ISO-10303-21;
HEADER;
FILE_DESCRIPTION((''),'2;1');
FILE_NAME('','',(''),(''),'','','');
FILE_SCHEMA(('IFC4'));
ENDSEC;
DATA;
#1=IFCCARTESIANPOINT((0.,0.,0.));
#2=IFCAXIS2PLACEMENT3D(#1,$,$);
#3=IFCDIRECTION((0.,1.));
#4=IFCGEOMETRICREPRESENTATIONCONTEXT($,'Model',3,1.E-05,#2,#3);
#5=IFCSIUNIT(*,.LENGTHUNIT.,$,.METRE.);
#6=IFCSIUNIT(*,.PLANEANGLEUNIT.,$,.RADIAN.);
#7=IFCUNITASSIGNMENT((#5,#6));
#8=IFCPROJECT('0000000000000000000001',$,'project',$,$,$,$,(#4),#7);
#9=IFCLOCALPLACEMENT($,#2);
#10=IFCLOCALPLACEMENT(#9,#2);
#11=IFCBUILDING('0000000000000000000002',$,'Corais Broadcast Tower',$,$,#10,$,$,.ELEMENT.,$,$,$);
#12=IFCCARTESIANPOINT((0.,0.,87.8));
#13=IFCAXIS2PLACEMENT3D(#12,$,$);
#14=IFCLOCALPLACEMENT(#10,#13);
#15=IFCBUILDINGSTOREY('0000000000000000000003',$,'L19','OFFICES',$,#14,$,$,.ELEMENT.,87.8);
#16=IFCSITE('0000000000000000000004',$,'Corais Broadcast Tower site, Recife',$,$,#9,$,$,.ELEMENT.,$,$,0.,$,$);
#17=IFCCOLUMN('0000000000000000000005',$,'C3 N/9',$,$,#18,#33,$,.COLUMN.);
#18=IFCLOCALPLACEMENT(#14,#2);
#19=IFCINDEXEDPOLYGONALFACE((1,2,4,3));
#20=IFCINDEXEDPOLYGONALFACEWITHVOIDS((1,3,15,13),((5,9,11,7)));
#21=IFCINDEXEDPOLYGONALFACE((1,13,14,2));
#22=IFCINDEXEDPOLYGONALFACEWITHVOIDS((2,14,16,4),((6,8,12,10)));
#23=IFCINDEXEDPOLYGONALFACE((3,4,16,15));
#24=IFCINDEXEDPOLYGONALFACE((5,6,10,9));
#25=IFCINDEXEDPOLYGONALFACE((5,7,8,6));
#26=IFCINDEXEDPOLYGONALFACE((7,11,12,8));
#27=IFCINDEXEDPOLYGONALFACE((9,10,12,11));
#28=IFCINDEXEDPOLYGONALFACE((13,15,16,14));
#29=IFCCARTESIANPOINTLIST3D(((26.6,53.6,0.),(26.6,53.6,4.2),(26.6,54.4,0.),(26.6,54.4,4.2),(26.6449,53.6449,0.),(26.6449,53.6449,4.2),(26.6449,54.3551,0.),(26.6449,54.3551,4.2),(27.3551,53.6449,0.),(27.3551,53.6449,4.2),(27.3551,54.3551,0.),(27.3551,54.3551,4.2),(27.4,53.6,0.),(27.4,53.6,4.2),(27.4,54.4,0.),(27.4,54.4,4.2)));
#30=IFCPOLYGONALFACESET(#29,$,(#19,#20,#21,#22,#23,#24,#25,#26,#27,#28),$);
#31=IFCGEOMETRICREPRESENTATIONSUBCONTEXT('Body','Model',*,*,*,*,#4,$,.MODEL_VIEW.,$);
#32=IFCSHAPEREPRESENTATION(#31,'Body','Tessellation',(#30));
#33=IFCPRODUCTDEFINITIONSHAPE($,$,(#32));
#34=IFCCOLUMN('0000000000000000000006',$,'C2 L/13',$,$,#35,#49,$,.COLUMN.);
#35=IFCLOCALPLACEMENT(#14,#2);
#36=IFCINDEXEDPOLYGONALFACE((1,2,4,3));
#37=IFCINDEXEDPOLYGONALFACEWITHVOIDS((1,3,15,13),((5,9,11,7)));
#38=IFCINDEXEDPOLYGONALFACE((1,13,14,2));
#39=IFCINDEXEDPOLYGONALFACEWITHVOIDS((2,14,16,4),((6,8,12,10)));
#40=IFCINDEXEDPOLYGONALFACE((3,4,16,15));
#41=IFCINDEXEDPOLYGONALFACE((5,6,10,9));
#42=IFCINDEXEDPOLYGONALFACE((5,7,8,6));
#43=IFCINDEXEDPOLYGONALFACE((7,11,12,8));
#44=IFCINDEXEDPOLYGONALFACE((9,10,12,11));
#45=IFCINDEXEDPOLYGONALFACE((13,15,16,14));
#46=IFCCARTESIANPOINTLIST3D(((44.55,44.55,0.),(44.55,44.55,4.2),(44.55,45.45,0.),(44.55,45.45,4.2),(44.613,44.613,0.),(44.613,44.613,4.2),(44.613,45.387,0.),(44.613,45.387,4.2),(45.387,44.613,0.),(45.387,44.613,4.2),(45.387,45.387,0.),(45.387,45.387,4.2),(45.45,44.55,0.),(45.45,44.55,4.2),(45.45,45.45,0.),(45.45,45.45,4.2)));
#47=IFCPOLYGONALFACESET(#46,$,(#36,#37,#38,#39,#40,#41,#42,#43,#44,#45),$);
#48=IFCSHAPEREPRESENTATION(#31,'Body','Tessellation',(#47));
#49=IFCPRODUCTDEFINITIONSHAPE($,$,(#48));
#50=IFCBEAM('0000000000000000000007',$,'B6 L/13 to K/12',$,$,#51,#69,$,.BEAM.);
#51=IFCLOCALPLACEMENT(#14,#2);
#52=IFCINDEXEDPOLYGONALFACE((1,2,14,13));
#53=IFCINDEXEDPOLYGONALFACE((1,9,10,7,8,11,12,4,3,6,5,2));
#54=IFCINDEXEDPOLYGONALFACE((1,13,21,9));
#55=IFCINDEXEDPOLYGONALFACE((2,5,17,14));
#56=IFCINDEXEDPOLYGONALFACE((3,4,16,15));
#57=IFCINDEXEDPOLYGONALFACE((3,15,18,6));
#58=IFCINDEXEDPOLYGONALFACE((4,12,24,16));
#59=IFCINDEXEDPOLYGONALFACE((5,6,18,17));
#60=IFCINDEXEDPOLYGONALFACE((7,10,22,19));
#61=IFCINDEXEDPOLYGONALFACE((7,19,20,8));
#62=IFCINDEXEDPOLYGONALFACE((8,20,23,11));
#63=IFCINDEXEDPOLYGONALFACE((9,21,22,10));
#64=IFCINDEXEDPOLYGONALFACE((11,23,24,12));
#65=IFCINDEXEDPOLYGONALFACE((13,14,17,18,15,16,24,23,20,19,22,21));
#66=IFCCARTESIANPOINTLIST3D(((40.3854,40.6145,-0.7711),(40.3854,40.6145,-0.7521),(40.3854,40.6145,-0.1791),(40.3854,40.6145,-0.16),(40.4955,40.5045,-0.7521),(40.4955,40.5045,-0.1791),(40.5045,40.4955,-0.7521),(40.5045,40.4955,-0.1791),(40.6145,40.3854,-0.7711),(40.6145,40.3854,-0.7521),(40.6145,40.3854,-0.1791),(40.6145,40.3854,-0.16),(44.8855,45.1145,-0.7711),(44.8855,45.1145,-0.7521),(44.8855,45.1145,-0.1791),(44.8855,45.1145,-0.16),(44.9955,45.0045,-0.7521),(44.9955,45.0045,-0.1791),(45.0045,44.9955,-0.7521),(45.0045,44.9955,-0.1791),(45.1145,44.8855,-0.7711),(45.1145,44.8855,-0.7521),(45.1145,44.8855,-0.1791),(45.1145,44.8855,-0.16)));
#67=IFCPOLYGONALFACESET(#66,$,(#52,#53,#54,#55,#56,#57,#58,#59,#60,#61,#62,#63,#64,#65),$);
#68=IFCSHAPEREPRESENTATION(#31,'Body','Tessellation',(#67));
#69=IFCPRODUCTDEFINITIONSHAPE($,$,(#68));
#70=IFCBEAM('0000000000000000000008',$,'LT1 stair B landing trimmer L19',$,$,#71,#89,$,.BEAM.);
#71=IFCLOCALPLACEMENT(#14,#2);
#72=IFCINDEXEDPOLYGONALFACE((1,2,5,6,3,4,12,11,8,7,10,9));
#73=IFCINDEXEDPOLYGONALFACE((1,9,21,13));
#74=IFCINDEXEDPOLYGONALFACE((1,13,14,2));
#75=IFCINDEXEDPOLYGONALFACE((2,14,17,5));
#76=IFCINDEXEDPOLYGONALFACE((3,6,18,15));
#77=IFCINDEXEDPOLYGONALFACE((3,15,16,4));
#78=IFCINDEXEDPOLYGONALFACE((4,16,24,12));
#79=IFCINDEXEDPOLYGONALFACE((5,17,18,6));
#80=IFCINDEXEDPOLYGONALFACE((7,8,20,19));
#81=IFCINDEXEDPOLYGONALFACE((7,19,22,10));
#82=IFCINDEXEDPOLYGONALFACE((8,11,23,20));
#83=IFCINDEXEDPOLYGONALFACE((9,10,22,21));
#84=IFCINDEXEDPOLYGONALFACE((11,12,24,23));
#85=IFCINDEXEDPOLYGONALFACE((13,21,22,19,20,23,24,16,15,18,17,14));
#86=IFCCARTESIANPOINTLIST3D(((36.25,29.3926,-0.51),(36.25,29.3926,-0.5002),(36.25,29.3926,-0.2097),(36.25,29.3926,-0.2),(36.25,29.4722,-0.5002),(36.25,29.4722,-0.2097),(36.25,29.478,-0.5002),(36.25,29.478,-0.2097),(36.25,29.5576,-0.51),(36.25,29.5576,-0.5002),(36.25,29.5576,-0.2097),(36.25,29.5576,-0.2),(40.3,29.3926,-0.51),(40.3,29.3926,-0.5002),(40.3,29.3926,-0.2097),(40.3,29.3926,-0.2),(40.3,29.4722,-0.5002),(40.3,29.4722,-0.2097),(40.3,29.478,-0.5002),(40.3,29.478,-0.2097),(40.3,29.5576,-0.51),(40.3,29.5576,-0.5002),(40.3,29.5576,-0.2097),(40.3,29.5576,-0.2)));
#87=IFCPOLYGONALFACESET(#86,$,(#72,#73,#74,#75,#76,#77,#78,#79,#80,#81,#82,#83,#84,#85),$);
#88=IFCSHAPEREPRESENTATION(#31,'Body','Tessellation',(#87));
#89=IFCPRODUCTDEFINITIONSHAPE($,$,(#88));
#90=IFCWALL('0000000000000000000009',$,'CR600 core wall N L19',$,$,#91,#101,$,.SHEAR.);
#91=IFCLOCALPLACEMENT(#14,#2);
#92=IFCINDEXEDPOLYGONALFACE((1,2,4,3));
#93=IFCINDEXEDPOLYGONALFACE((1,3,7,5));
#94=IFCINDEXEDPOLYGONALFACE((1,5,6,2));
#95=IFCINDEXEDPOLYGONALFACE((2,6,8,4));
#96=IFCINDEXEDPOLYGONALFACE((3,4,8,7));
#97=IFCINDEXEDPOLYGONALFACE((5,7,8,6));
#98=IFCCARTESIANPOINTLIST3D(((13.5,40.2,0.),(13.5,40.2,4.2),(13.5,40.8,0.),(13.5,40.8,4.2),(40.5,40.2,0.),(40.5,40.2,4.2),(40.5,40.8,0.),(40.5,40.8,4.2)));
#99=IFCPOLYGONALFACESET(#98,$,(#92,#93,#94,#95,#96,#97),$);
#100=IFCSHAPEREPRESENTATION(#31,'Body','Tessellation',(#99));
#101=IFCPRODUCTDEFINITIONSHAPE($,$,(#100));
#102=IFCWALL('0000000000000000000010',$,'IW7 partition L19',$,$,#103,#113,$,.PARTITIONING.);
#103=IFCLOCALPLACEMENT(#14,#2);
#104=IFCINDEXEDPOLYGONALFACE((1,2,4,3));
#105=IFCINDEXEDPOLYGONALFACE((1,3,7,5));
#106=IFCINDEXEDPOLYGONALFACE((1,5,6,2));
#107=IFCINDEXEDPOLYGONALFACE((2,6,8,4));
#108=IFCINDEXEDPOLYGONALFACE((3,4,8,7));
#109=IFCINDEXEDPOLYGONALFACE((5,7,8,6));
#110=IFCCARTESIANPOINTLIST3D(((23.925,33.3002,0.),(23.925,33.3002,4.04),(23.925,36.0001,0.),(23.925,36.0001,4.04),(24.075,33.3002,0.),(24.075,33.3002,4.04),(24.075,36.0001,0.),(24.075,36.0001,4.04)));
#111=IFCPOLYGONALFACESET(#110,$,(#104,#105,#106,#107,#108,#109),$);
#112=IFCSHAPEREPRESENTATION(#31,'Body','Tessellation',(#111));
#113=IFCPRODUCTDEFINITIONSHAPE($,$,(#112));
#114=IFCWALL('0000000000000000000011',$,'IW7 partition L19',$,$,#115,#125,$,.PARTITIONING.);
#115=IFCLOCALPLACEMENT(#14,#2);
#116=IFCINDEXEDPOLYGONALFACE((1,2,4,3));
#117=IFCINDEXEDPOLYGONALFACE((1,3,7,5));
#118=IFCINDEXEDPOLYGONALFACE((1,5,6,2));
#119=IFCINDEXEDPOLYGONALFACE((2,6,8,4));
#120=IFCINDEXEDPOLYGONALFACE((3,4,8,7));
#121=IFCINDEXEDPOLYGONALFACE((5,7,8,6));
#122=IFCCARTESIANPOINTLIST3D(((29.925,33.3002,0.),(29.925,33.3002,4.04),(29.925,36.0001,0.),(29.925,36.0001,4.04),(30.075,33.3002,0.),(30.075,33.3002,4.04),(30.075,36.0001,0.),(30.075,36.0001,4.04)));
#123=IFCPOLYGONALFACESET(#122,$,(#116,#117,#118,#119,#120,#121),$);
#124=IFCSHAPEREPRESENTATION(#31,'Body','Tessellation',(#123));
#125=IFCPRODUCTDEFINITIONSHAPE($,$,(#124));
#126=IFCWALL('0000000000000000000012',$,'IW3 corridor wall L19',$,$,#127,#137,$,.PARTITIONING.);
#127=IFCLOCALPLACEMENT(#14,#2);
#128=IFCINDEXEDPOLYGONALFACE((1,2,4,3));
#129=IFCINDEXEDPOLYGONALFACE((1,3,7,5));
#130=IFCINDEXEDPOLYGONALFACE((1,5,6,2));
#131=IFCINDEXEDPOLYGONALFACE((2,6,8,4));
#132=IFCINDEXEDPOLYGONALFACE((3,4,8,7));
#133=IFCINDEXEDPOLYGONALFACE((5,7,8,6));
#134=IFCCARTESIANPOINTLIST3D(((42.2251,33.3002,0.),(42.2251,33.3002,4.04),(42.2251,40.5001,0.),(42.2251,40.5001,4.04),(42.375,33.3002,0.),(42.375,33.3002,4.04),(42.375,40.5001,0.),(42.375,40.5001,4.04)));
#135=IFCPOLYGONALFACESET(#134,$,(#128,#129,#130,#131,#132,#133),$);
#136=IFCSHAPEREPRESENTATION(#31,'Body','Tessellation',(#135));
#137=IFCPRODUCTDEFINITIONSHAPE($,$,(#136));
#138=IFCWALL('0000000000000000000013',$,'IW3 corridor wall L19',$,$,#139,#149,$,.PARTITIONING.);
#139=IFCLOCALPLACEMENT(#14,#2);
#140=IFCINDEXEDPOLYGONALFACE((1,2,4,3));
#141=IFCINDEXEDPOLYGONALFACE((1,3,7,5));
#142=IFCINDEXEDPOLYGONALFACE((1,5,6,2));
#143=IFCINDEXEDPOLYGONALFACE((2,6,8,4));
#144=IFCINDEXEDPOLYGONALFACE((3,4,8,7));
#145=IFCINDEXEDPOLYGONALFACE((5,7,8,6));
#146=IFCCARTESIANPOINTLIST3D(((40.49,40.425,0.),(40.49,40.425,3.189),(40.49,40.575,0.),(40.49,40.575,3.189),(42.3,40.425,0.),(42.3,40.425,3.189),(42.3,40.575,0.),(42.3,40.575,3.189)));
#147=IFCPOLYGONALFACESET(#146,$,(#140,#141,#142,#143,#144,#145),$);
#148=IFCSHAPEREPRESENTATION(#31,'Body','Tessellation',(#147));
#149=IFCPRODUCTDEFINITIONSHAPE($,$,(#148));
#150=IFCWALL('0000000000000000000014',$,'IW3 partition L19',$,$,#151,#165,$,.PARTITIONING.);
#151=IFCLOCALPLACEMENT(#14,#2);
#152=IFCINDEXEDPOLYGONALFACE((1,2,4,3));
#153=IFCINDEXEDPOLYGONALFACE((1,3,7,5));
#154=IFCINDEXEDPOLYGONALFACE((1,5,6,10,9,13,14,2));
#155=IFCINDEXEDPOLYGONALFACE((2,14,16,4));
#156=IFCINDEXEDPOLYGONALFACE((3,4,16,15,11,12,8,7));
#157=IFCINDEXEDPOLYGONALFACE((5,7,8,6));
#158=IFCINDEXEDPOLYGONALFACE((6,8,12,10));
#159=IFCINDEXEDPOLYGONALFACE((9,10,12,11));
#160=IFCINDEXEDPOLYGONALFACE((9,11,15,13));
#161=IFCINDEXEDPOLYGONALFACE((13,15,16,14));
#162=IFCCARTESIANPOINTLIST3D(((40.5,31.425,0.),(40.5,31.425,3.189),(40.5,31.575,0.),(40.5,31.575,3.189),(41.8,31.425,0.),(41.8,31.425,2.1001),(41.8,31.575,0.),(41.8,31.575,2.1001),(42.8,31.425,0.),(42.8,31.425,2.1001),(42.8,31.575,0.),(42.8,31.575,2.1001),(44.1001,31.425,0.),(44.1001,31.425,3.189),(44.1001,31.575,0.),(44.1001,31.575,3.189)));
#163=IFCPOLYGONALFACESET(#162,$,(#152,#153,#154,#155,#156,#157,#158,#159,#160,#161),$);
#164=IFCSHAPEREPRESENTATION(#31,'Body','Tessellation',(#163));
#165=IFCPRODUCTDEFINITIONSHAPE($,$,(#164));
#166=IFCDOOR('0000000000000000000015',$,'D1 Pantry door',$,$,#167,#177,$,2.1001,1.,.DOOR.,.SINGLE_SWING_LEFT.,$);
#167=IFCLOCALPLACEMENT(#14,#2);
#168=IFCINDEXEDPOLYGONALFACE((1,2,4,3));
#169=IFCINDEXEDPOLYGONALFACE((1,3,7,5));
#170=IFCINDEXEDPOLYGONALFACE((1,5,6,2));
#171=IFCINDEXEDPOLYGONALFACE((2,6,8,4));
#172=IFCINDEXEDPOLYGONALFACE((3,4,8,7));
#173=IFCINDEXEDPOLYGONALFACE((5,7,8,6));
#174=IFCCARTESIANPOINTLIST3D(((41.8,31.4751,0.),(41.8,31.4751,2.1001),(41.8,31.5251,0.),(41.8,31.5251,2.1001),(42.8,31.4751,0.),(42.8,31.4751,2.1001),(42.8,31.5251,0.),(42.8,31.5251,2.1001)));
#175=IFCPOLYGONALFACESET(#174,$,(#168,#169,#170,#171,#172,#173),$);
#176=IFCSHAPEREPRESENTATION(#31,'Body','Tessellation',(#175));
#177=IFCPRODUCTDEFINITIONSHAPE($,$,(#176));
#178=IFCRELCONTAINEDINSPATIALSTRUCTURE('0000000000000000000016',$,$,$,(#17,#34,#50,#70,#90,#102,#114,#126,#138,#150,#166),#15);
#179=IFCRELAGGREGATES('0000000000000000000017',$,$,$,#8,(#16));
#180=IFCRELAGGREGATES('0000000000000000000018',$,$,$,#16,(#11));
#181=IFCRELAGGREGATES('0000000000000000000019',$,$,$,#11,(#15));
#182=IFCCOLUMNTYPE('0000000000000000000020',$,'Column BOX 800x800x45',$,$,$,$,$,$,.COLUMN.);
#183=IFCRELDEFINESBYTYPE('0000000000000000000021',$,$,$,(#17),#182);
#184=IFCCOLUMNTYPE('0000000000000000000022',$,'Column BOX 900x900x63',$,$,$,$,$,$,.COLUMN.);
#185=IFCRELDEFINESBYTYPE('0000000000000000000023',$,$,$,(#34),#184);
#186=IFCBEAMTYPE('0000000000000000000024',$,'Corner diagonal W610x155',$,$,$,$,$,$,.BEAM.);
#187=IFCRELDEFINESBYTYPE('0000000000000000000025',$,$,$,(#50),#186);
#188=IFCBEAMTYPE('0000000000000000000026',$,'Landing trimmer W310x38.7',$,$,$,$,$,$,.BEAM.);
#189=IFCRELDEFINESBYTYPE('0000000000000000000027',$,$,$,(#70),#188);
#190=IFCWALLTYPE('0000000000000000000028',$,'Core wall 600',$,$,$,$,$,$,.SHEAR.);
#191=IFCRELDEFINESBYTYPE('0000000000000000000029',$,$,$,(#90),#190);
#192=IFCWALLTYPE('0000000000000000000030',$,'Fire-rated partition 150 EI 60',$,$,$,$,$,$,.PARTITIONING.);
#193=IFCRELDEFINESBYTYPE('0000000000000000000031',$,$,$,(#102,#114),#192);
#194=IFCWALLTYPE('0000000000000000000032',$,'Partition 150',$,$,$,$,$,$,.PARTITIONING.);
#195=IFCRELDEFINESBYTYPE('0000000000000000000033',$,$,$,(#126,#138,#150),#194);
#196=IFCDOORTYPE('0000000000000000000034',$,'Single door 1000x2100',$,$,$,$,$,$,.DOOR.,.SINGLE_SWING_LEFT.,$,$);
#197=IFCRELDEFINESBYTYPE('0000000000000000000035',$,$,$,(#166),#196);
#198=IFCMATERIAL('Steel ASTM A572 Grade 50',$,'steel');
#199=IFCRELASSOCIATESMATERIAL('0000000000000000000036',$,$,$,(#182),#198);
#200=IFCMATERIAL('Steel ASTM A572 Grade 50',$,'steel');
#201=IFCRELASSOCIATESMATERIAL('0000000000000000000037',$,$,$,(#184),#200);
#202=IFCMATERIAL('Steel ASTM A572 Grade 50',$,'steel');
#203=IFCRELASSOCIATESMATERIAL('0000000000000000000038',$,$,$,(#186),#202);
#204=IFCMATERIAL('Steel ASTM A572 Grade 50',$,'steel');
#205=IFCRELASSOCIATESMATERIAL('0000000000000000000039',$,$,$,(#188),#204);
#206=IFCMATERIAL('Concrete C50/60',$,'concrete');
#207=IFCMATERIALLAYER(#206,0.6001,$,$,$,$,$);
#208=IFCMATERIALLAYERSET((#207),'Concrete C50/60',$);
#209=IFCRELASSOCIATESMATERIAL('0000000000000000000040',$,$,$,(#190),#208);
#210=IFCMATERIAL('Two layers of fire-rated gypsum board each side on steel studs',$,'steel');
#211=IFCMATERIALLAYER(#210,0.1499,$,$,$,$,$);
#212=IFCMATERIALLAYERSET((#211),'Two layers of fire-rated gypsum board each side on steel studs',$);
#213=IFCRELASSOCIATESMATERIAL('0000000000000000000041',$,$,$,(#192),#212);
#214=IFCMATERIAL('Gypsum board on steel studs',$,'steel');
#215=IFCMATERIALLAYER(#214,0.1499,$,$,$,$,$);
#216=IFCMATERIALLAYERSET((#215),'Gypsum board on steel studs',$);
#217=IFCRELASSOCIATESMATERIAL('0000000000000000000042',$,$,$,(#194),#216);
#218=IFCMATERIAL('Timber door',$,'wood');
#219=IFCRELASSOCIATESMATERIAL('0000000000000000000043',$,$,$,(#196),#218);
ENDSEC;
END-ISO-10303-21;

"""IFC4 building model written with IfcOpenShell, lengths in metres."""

from ifc_helpers import new_model, si_unit, direction, frame, frame_2d, origin, origin_2d, place, context, subcontext, project, spatial, rectangle, hollow_rectangle, i_section, extrude, material, layer, layer_set, material_profile, profile_set, type_object, element, fill, save


model = new_model("IFC4")

# Units and contexts
model_context = context("Model", 3, precision=1e-05, world=origin(), true_north=direction((0.0, 1.0)))
body_context = subcontext(model_context, "Body", "Model", "MODEL_VIEW")
ifc_project = project(units=[si_unit("LENGTHUNIT", "METRE"), si_unit("PLANEANGLEUNIT", "RADIAN")], contexts=[model_context])

# Site, building, storey
site_placement = place(None, origin())
site = spatial("IfcSite", under=ifc_project, at=site_placement, Name="Corais Broadcast Tower site, Recife", CompositionType="ELEMENT", RefElevation=0.0)
building_placement = place(site_placement, origin())
building = spatial("IfcBuilding", under=site, at=building_placement, Name="Corais Broadcast Tower", CompositionType="ELEMENT")
storey_placement = place(building_placement, frame((0.0, 0.0, 87.8)))
storey = spatial("IfcBuildingStorey", under=building, at=storey_placement, Name="L19", Description="OFFICES", CompositionType="ELEMENT", Elevation=87.8)

# Columns
ifc_material_1 = material(Name="Steel ASTM A572 Grade 50", Category="steel")
ifc_material_profile_1 = material_profile(ifc_material_1, hollow_rectangle(XDim=0.8, YDim=0.8, WallThickness=0.0449, at=origin_2d()), Name="BOX 800x800x45")
ifc_profile_set_1 = profile_set([ifc_material_profile_1], Name="Steel ASTM A572 Grade 50")
column_type_1 = type_object("IfcColumnType", Name="Column BOX 800x800x45", PredefinedType="COLUMN", material=ifc_profile_set_1)
column_1_placement = place(storey_placement, frame((27.0, 54.0, 0.0), z_axis=(0.0, 0.0, 1.0), x_axis=(1.0, 0.0, 0.0)))
element("IfcColumn", 1, at=column_1_placement, inside=storey, type_object=column_type_1, Name="C3 N/9", PredefinedType="COLUMN", context=body_context, shape_type="SweptSolid", body=[
    extrude(hollow_rectangle(XDim=0.8, YDim=0.8, WallThickness=0.0449, at=origin_2d()), origin(), (0.0, 0.0, 1.0), 4.2),
])
ifc_material_2 = material(Name="Steel ASTM A572 Grade 50", Category="steel")
ifc_material_profile_2 = material_profile(ifc_material_2, hollow_rectangle(XDim=0.8999, YDim=0.8999, WallThickness=0.063, at=origin_2d()), Name="BOX 900x900x63")
ifc_profile_set_2 = profile_set([ifc_material_profile_2], Name="Steel ASTM A572 Grade 50")
column_type_2 = type_object("IfcColumnType", Name="Column BOX 900x900x63", PredefinedType="COLUMN", material=ifc_profile_set_2)
column_2_placement = place(storey_placement, frame((45.0, 45.0, 0.0), z_axis=(0.0, 0.0, 1.0), x_axis=(1.0, 0.0, 0.0)))
element("IfcColumn", 2, at=column_2_placement, inside=storey, type_object=column_type_2, Name="C2 L/13", PredefinedType="COLUMN", context=body_context, shape_type="SweptSolid", body=[
    extrude(hollow_rectangle(XDim=0.8999, YDim=0.8999, WallThickness=0.063, at=origin_2d()), origin(), (0.0, 0.0, 1.0), 4.2),
])

# Beams
ifc_material_3 = material(Name="Steel ASTM A572 Grade 50", Category="steel")
ifc_material_profile_3 = material_profile(ifc_material_3, i_section(OverallWidth=0.324, OverallDepth=0.6111, WebThickness=0.0127, FlangeThickness=0.019, at=origin_2d()), Name="W610x155")
ifc_profile_set_3 = profile_set([ifc_material_profile_3], Name="Steel ASTM A572 Grade 50")
beam_type_1 = type_object("IfcBeamType", Name="Corner diagonal W610x155", PredefinedType="BEAM", material=ifc_profile_set_3)
beam_1_placement = place(storey_placement, frame((45.0, 45.0, -0.4656), z_axis=(-0.707107, -0.707107, 0.0), x_axis=(0.707107, -0.707107, 0.0)))
element("IfcBeam", 3, at=beam_1_placement, inside=storey, type_object=beam_type_1, Name="B6 L/13 to K/12", PredefinedType="BEAM", context=body_context, shape_type="SweptSolid", body=[
    extrude(i_section(OverallWidth=0.324, OverallDepth=0.6111, WebThickness=0.0127, FlangeThickness=0.019, at=origin_2d()), origin(), (0.0, 0.0, 1.0), 6.364),
])
ifc_material_4 = material(Name="Steel ASTM A572 Grade 50", Category="steel")
ifc_material_profile_4 = material_profile(ifc_material_4, i_section(OverallWidth=0.165, OverallDepth=0.3101, WebThickness=0.0059, FlangeThickness=0.0098, at=origin_2d()), Name="W310x38.7")
ifc_profile_set_4 = profile_set([ifc_material_profile_4], Name="Steel ASTM A572 Grade 50")
beam_type_2 = type_object("IfcBeamType", Name="Landing trimmer W310x38.7", PredefinedType="BEAM", material=ifc_profile_set_4)
beam_2_placement = place(storey_placement, frame((36.25, 29.4751, -0.355), z_axis=(1.0, 0.0, 0.0), x_axis=(0.0, 1.0, 0.0)))
element("IfcBeam", 4, at=beam_2_placement, inside=storey, type_object=beam_type_2, Name="LT1 stair B landing trimmer L19", PredefinedType="BEAM", context=body_context, shape_type="SweptSolid", body=[
    extrude(i_section(OverallWidth=0.165, OverallDepth=0.3101, WebThickness=0.0059, FlangeThickness=0.0098, at=origin_2d()), origin(), (0.0, 0.0, 1.0), 4.05),
])

# Walls
ifc_material_5 = material(Name="Concrete C50/60", Category="concrete")
ifc_layer_1 = layer(ifc_material_5, 0.6001)
ifc_layer_set_1 = layer_set([ifc_layer_1], Name="Concrete C50/60")
wall_type_1 = type_object("IfcWallType", Name="Core wall 600", PredefinedType="SHEAR", material=ifc_layer_set_1)
wall_1_placement = place(storey_placement, frame((40.5, 40.5, 0.0), z_axis=(0.0, 0.0, 1.0), x_axis=(-1.0, 0.0, 0.0)))
element("IfcWall", 5, at=wall_1_placement, inside=storey, type_object=wall_type_1, Name="CR600 core wall N L19", PredefinedType="SHEAR", context=body_context, shape_type="SweptSolid", body=[
    extrude(rectangle(XDim=27.0, YDim=0.6001, at=frame_2d((13.5, 0.0))), origin(), (0.0, 0.0, 1.0), 4.2),
])
ifc_material_6 = material(Name="Two layers of fire-rated gypsum board each side on steel studs", Category="steel")
ifc_layer_2 = layer(ifc_material_6, 0.1499)
ifc_layer_set_2 = layer_set([ifc_layer_2], Name="Two layers of fire-rated gypsum board each side on steel studs")
wall_type_2 = type_object("IfcWallType", Name="Fire-rated partition 150 EI 60", PredefinedType="PARTITIONING", material=ifc_layer_set_2)
for number, where, z_axis, x_axis, name in (
    (6, (24.0, 33.3, 0.0), (0.0, 0.0, 1.0), (0.0, 1.0, 0.0), "IW7 partition L19"),
    (7, (30.0, 33.3, 0.0), (0.0, 0.0, 1.0), (0.0, 1.0, 0.0), "IW7 partition L19"),
):
    element("IfcWall", number, at=place(storey_placement, frame(where, z_axis=z_axis, x_axis=x_axis)), inside=storey, type_object=wall_type_2, Name=name, PredefinedType="PARTITIONING", context=body_context, shape_type="SweptSolid", body=[
        extrude(rectangle(XDim=2.7, YDim=0.1499, at=frame_2d((1.3501, 0.0))), origin(), (0.0, 0.0, 1.0), 4.04),
    ])
ifc_material_7 = material(Name="Gypsum board on steel studs", Category="steel")
ifc_layer_3 = layer(ifc_material_7, 0.1499)
ifc_layer_set_3 = layer_set([ifc_layer_3], Name="Gypsum board on steel studs")
wall_type_3 = type_object("IfcWallType", Name="Partition 150", PredefinedType="PARTITIONING", material=ifc_layer_set_3)
wall_2_placement = place(storey_placement, frame((42.3, 33.3, 0.0), z_axis=(0.0, 0.0, 1.0), x_axis=(0.0, 1.0, 0.0)))
element("IfcWall", 8, at=wall_2_placement, inside=storey, type_object=wall_type_3, Name="IW3 corridor wall L19", PredefinedType="PARTITIONING", context=body_context, shape_type="SweptSolid", body=[
    extrude(rectangle(XDim=7.2, YDim=0.1499, at=frame_2d((3.6001, 0.0))), origin(), (0.0, 0.0, 1.0), 4.04),
])
wall_3_placement = place(storey_placement, frame((42.3, 40.5, 0.0), z_axis=(0.0, 0.0, 1.0), x_axis=(-1.0, 0.0, 0.0)))
element("IfcWall", 9, at=wall_3_placement, inside=storey, type_object=wall_type_3, Name="IW3 corridor wall L19", PredefinedType="PARTITIONING", context=body_context, shape_type="SweptSolid", body=[
    extrude(rectangle(XDim=1.8101, YDim=0.1499, at=frame_2d((0.905, 0.0))), origin(), (0.0, 0.0, 1.0), 3.189),
])

# Wall, opening, door
wall_4_placement = place(storey_placement, frame((44.1001, 31.5, 0.0), z_axis=(0.0, 0.0, 1.0), x_axis=(-1.0, 0.0, 0.0)))
wall_4 = element("IfcWall", 10, at=wall_4_placement, inside=storey, type_object=wall_type_3, Name="IW3 partition L19", PredefinedType="PARTITIONING", context=body_context, shape_type="SweptSolid", body=[
    extrude(rectangle(XDim=3.6001, YDim=0.1499, at=frame_2d((1.8, 0.0))), origin(), (0.0, 0.0, 1.0), 3.189),
])
opening_1_placement = place(wall_4_placement, frame((1.3, 0.0, 0.0)))
opening_1 = element("IfcOpeningElement", 11, at=opening_1_placement, cuts=wall_4, PredefinedType="OPENING", context=body_context, shape_type="SweptSolid", body=[
    extrude(rectangle(XDim=1.0, YDim=2.1001, at=frame_2d((0.5, 1.05))), frame((0.0, 0.085, 0.0), z_axis=(0.0, -1.0, 0.0), x_axis=(1.0, 0.0, 0.0)), (0.0, 0.0, 1.0), 0.1699),
])
ifc_material_8 = material(Name="Timber door", Category="wood")
door_type = type_object("IfcDoorType", Name="Single door 1000x2100", OperationType="SINGLE_SWING_LEFT", PredefinedType="DOOR", material=ifc_material_8)
door_1_placement = place(opening_1_placement, origin())
door_1 = element("IfcDoor", 12, at=door_1_placement, inside=storey, type_object=door_type, Name="D1 Pantry door", OperationType="SINGLE_SWING_LEFT", OverallHeight=2.1001, OverallWidth=1.0, PredefinedType="DOOR", context=body_context, shape_type="SweptSolid", body=[
    extrude(rectangle(XDim=1.0, YDim=2.1001, at=frame_2d((0.5, 1.05))), frame((0.0, 0.0249, 0.0), z_axis=(0.0, -1.0, 0.0), x_axis=(1.0, 0.0, 0.0)), (0.0, 0.0, 1.0), 0.05),
])
fill(opening_1, door_1)

save(model, "model.ifc")
